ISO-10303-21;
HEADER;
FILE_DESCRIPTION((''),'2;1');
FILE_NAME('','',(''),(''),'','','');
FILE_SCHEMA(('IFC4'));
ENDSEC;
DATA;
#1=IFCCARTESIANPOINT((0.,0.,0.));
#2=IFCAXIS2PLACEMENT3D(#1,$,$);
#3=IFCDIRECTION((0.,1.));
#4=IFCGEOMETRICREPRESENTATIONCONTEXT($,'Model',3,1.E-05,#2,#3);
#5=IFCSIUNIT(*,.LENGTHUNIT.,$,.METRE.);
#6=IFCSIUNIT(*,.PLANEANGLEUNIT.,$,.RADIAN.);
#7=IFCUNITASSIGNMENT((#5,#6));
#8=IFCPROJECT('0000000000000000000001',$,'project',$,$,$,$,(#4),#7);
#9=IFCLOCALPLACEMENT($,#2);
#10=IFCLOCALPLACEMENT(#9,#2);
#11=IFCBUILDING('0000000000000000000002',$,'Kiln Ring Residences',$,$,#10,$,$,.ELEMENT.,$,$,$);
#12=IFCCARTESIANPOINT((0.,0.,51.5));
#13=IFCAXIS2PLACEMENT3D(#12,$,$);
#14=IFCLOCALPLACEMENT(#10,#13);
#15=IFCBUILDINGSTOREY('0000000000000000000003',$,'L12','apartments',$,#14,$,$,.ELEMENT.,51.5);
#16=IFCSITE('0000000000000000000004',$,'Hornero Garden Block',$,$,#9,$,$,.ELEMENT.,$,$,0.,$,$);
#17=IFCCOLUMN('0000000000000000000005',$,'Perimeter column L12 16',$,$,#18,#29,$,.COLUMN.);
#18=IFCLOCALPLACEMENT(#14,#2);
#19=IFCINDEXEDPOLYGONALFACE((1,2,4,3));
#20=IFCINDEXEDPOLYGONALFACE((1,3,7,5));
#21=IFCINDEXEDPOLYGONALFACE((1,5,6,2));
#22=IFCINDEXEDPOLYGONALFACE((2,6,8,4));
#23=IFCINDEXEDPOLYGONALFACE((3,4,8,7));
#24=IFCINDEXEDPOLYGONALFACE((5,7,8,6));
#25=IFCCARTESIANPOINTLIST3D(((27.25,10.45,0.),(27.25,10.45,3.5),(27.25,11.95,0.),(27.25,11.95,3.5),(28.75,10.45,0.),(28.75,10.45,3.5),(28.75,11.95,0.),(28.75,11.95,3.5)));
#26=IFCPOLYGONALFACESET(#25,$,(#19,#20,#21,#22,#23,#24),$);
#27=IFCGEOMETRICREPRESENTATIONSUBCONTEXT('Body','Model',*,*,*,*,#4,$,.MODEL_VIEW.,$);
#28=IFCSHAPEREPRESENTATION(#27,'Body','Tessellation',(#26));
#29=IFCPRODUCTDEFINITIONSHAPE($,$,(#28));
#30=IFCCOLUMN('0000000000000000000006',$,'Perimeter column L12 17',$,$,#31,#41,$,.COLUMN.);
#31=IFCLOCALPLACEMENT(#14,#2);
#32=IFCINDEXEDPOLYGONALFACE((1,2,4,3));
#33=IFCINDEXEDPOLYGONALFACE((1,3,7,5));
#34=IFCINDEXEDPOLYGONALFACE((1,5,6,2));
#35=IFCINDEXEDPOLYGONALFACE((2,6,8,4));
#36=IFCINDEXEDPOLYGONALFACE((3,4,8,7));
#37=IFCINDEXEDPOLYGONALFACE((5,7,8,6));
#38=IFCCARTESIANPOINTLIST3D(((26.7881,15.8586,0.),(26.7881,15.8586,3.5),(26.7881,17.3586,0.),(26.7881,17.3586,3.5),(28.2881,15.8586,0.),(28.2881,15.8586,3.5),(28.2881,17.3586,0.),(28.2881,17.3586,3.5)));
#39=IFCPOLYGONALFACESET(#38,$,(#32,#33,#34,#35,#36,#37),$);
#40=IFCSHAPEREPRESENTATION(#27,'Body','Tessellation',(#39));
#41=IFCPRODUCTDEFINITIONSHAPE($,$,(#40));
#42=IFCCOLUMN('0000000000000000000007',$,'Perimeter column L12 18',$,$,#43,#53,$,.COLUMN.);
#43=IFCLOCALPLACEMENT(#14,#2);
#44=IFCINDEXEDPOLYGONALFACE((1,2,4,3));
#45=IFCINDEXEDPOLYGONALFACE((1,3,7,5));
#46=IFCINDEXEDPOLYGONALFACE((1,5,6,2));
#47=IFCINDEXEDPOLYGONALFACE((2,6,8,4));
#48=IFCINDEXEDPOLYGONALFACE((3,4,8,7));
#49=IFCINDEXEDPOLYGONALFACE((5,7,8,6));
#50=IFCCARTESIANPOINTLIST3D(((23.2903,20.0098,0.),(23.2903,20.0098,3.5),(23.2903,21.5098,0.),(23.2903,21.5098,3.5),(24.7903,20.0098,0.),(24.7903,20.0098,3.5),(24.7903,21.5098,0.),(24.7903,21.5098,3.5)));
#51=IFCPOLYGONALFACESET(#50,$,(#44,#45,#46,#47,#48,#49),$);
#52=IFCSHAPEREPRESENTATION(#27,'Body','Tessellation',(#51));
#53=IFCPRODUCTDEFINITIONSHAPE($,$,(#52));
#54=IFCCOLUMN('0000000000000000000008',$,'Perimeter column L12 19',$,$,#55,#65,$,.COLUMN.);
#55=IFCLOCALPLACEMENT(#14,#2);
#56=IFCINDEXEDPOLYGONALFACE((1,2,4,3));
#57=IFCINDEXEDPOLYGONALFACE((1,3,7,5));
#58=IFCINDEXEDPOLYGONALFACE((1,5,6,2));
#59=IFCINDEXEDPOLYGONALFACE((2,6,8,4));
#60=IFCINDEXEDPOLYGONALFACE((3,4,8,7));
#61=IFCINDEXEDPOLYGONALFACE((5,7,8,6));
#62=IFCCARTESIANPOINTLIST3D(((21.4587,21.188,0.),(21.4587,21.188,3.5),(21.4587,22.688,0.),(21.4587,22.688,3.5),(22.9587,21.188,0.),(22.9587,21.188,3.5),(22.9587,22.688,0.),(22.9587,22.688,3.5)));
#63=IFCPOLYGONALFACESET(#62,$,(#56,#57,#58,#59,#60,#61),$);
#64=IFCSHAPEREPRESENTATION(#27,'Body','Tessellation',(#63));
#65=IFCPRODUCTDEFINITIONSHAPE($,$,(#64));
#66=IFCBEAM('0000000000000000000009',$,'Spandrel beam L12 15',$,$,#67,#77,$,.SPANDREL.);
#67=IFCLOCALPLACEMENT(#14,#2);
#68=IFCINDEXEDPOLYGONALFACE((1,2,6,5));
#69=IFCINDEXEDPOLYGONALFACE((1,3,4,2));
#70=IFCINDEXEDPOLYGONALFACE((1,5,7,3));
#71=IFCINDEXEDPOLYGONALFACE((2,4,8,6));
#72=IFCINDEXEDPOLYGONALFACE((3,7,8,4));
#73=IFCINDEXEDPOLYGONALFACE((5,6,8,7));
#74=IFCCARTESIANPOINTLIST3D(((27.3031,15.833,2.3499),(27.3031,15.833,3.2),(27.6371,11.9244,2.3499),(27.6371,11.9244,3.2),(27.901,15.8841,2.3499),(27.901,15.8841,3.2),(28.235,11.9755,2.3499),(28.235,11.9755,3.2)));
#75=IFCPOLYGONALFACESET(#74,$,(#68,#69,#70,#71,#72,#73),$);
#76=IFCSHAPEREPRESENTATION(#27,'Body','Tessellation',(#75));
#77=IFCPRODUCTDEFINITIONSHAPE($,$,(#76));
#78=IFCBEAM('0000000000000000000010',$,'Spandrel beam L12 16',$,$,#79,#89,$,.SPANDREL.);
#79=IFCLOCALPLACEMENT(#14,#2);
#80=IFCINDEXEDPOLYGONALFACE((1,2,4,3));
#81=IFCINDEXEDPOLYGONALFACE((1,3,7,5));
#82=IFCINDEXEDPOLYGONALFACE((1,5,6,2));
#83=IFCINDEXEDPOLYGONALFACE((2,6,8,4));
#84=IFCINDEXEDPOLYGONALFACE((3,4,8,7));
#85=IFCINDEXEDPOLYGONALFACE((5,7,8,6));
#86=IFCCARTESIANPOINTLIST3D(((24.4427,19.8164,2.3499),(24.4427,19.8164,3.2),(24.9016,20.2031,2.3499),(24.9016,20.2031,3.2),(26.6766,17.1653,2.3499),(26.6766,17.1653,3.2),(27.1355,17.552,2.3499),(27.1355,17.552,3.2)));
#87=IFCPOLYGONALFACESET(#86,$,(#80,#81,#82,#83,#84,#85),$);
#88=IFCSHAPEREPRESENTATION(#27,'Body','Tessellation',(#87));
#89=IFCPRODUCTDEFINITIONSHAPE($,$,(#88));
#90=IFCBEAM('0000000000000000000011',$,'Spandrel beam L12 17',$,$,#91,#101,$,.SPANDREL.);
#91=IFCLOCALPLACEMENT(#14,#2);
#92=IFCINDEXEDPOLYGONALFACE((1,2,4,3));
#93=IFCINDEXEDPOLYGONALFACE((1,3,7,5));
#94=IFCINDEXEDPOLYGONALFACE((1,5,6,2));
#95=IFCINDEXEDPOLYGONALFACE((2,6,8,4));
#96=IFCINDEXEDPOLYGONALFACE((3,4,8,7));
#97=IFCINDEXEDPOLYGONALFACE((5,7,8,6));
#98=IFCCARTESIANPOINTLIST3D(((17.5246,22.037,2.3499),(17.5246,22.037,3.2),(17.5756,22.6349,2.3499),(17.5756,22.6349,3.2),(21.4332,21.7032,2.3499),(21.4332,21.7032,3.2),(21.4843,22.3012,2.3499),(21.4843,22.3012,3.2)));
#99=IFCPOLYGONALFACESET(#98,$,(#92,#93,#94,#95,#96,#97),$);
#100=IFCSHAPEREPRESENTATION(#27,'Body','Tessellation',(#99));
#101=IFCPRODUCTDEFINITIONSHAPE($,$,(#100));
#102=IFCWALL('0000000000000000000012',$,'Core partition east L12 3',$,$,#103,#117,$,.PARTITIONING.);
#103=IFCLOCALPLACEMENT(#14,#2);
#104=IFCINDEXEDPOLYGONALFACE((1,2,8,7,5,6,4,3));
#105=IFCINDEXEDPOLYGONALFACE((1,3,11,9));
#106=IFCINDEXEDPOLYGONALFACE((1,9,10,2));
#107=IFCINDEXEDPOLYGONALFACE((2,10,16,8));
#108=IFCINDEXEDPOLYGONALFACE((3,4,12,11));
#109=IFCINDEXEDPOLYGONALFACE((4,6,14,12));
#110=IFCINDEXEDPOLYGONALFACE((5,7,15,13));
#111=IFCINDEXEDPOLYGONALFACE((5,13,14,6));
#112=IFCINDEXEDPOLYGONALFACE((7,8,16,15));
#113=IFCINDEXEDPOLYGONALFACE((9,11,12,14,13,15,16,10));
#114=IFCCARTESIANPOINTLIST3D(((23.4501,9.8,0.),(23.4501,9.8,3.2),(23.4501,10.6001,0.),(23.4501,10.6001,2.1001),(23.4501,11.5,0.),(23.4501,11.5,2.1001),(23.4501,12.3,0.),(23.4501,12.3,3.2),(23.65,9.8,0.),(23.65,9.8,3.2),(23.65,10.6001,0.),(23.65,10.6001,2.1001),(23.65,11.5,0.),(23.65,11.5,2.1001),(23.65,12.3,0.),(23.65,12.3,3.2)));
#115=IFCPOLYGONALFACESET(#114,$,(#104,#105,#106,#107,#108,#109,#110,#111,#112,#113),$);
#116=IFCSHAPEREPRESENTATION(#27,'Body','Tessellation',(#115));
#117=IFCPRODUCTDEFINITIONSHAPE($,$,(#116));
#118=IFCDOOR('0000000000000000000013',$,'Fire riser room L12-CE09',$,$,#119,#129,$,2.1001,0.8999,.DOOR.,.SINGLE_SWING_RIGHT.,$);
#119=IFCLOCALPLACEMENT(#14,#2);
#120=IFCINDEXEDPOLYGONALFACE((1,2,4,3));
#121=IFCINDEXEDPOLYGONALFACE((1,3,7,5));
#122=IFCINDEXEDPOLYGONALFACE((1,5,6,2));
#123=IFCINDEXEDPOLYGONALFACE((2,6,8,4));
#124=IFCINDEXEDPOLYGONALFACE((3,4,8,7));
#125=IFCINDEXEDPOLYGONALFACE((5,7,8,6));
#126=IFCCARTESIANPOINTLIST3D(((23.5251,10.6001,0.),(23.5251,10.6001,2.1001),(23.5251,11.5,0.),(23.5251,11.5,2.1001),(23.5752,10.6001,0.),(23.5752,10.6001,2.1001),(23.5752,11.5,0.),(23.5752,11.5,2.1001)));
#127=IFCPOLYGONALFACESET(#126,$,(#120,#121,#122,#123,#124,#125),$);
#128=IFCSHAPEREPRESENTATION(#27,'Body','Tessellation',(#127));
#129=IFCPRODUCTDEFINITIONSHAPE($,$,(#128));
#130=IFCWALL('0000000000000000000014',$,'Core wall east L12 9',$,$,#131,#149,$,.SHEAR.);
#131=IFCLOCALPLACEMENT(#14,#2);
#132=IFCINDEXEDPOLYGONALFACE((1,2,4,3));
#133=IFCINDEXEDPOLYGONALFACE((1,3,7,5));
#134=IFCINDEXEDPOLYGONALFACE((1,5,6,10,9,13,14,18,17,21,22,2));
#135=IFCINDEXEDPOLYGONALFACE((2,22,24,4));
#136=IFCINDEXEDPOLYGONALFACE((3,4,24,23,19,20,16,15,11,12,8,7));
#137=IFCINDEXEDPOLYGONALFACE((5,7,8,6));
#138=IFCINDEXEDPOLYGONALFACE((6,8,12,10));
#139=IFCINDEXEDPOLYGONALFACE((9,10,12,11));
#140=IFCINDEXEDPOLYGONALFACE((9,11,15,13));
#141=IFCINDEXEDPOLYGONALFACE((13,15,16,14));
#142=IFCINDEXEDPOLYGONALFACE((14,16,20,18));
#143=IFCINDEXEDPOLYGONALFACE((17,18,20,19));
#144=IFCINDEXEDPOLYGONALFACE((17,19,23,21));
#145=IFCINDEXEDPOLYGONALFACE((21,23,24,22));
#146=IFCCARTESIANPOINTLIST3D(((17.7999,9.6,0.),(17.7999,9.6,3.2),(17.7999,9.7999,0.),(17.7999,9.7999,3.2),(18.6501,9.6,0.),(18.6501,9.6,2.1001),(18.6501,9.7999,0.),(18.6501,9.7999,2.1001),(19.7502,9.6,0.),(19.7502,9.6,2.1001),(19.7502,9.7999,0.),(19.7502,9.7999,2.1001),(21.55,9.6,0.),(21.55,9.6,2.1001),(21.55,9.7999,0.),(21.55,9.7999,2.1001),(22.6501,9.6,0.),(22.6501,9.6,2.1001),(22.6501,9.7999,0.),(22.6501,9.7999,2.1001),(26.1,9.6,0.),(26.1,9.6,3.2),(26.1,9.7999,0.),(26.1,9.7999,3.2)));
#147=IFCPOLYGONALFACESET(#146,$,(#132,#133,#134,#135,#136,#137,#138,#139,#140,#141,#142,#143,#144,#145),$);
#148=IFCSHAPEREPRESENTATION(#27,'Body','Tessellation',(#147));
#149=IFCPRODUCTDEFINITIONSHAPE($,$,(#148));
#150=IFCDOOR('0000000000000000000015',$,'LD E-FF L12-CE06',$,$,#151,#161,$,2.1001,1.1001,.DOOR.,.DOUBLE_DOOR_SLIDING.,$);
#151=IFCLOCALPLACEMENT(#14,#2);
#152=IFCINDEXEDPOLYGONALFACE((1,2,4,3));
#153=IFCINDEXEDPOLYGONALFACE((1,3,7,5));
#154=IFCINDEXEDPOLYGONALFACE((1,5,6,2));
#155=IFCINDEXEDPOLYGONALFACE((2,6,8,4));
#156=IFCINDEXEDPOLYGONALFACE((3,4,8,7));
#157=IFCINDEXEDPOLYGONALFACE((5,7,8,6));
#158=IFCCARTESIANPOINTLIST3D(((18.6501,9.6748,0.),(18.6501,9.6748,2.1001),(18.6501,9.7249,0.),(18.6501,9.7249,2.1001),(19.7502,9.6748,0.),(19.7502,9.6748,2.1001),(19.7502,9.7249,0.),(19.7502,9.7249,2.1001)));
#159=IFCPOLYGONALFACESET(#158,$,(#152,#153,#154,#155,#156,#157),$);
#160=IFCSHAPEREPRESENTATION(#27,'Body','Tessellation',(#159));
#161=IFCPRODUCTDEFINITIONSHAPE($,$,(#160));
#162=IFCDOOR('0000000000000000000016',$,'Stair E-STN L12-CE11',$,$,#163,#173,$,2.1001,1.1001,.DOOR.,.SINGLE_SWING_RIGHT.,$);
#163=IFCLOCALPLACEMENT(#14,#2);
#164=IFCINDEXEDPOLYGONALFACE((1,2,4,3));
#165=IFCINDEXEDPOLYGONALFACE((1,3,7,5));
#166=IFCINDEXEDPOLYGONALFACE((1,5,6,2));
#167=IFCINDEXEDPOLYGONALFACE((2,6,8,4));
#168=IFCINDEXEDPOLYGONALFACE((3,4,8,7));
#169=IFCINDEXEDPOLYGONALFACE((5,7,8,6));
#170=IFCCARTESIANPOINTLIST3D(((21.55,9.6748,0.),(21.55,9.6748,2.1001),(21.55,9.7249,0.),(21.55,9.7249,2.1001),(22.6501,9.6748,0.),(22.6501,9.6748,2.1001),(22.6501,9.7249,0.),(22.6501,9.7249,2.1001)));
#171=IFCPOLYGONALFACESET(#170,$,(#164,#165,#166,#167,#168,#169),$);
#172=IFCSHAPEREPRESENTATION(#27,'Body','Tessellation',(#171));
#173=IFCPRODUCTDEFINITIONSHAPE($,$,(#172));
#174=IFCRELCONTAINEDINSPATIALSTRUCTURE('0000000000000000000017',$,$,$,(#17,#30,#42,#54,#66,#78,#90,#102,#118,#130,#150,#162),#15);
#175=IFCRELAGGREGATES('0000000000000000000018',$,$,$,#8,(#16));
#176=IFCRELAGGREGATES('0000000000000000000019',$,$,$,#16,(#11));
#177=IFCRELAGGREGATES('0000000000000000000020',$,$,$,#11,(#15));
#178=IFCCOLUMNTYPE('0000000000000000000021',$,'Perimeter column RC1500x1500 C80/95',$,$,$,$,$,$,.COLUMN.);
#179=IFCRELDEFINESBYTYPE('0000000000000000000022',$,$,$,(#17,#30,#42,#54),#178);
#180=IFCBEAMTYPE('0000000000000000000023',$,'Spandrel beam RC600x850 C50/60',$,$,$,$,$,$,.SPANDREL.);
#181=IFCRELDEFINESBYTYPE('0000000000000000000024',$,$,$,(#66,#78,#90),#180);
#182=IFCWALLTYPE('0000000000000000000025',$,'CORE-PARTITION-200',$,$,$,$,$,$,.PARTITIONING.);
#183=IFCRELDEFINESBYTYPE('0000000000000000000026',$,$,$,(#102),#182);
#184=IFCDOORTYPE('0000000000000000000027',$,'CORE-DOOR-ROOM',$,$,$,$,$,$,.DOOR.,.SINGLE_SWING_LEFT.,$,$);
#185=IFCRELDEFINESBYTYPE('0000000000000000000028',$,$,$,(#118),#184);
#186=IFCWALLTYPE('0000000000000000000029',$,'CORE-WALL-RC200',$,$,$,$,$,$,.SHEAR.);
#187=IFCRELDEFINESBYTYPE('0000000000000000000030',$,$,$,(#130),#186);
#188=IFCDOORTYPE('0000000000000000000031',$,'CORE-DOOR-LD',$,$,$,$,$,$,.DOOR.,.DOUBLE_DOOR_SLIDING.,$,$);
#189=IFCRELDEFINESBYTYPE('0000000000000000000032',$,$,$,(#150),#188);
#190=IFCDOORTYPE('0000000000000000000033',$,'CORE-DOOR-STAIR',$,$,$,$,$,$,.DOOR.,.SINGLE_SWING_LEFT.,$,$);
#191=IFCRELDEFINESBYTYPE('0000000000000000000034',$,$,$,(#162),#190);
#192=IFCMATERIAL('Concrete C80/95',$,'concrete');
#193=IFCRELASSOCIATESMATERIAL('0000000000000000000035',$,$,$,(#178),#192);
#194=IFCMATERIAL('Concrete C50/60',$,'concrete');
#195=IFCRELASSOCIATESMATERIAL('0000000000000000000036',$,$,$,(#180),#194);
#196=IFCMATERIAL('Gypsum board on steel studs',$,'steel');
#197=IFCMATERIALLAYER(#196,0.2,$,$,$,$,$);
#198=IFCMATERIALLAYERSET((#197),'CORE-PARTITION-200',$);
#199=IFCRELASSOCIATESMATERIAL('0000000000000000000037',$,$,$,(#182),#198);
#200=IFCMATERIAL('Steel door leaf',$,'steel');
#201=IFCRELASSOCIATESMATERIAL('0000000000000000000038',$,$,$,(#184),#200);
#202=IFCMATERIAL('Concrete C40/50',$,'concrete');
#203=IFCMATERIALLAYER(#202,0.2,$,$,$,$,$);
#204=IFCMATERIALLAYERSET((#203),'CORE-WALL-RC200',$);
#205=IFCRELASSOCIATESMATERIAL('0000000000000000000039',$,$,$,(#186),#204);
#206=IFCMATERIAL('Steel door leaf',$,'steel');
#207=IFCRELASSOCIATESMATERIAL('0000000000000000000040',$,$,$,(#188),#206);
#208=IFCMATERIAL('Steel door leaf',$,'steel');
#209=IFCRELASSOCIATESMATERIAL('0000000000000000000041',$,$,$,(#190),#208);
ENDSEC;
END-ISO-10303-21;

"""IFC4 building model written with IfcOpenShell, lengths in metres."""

from ifc_helpers import new_model, si_unit, direction, frame, frame_2d, origin, origin_2d, place, context, subcontext, project, spatial, rectangle, extrude, material, layer, layer_set, material_profile, profile_set, type_object, element, fill, save


model = new_model("IFC4")

# Units and contexts
model_context = context("Model", 3, precision=1e-05, world=origin(), true_north=direction((0.0, 1.0)))
body_context = subcontext(model_context, "Body", "Model", "MODEL_VIEW")
ifc_project = project(units=[si_unit("LENGTHUNIT", "METRE"), si_unit("PLANEANGLEUNIT", "RADIAN")], contexts=[model_context])

# Site, building, storey
site_placement = place(None, origin())
site = spatial("IfcSite", under=ifc_project, at=site_placement, Name="Hornero Garden Block", CompositionType="ELEMENT", RefElevation=0.0)
building_placement = place(site_placement, origin())
building = spatial("IfcBuilding", under=site, at=building_placement, Name="Kiln Ring Residences", CompositionType="ELEMENT")
storey_placement = place(building_placement, frame((0.0, 0.0, 51.5)))
storey = spatial("IfcBuildingStorey", under=building, at=storey_placement, Name="L12", Description="apartments", CompositionType="ELEMENT", Elevation=51.5)

# Columns
ifc_material_1 = material(Name="Concrete C80/95", Category="concrete")
ifc_material_profile_1 = material_profile(ifc_material_1, rectangle(XDim=1.5, YDim=1.5, at=origin_2d()), Name="RC1500x1500")
ifc_profile_set_1 = profile_set([ifc_material_profile_1], Name="Concrete C80/95")
column_type = type_object("IfcColumnType", Name="Perimeter column RC1500x1500 C80/95", PredefinedType="COLUMN", material=ifc_profile_set_1)
for number, where, z_axis, x_axis, name in (
    (1, (28.0, 11.2, 0.0), (0.0, 0.0, 1.0), (1.0, 0.0, 0.0), "Perimeter column L12 16"),
    (2, (27.5381, 16.6086, 0.0), (0.0, 0.0, 1.0), (1.0, 0.0, 0.0), "Perimeter column L12 17"),
    (3, (24.0403, 20.7598, 0.0), (0.0, 0.0, 1.0), (1.0, 0.0, 0.0), "Perimeter column L12 18"),
    (4, (22.2087, 21.938, 0.0), (0.0, 0.0, 1.0), (1.0, 0.0, 0.0), "Perimeter column L12 19"),
):
    element("IfcColumn", number, at=place(storey_placement, frame(where, z_axis=z_axis, x_axis=x_axis)), inside=storey, type_object=column_type, Name=name, PredefinedType="COLUMN", context=body_context, shape_type="SweptSolid", body=[
        extrude(rectangle(XDim=1.5, YDim=1.5, at=origin_2d()), origin(), (0.0, 0.0, 1.0), 3.5),
    ])

# Beams
ifc_material_2 = material(Name="Concrete C50/60", Category="concrete")
ifc_material_profile_2 = material_profile(ifc_material_2, rectangle(XDim=0.6001, YDim=0.8501, at=origin_2d()), Name="RC600x850")
ifc_profile_set_2 = profile_set([ifc_material_profile_2], Name="Concrete C50/60")
beam_type = type_object("IfcBeamType", Name="Spandrel beam RC600x850 C50/60", PredefinedType="SPANDREL", material=ifc_profile_set_2)
beam_1_placement = place(storey_placement, frame((27.936, 11.95, 2.7749), z_axis=(-0.085136, 0.996369, 0.0), x_axis=(-0.996369, -0.085136, 0.0)))
element("IfcBeam", 5, at=beam_1_placement, inside=storey, type_object=beam_type, Name="Spandrel beam L12 15", PredefinedType="SPANDREL", context=body_context, shape_type="SweptSolid", body=[
    extrude(rectangle(XDim=0.6001, YDim=0.8501, at=origin_2d()), origin(), (0.0, 0.0, 1.0), 3.9229),
])
beam_2_placement = place(storey_placement, frame((26.906, 17.3586, 2.7749), z_axis=(-0.644366, 0.764718, 0.0), x_axis=(-0.764718, -0.644366, 0.0)))
element("IfcBeam", 6, at=beam_2_placement, inside=storey, type_object=beam_type, Name="Spandrel beam L12 16", PredefinedType="SPANDREL", context=body_context, shape_type="SweptSolid", body=[
    extrude(rectangle(XDim=0.6001, YDim=0.8501, at=origin_2d()), origin(), (0.0, 0.0, 1.0), 3.4668),
])
beam_3_placement = place(storey_placement, frame((21.4587, 22.0022, 2.7749), z_axis=(-0.996375, 0.085075, 0.0), x_axis=(-0.085075, -0.996375, 0.0)))
element("IfcBeam", 7, at=beam_3_placement, inside=storey, type_object=beam_type, Name="Spandrel beam L12 17", PredefinedType="SPANDREL", context=body_context, shape_type="SweptSolid", body=[
    extrude(rectangle(XDim=0.6001, YDim=0.8501, at=origin_2d()), origin(), (0.0, 0.0, 1.0), 3.9229),
])

# Wall, opening, door
ifc_material_3 = material(Name="Gypsum board on steel studs", Category="steel")
ifc_layer_1 = layer(ifc_material_3, 0.2)
ifc_layer_set_1 = layer_set([ifc_layer_1], Name="CORE-PARTITION-200")
wall_type_1 = type_object("IfcWallType", Name="CORE-PARTITION-200", PredefinedType="PARTITIONING", material=ifc_layer_set_1)
wall_1_placement = place(storey_placement, frame((23.55, 9.8, 0.0), z_axis=(0.0, 0.0, 1.0), x_axis=(0.0, 1.0, 0.0)))
wall_1 = element("IfcWall", 8, at=wall_1_placement, inside=storey, type_object=wall_type_1, Name="Core partition east L12 3", PredefinedType="PARTITIONING", context=body_context, shape_type="SweptSolid", body=[
    extrude(rectangle(XDim=2.5, YDim=0.2, at=frame_2d((1.25, 0.0))), origin(), (0.0, 0.0, 1.0), 3.2),
])
opening_1_placement = place(wall_1_placement, frame((0.8, 0.0, 0.0)))
opening_1 = element("IfcOpeningElement", 9, at=opening_1_placement, cuts=wall_1, PredefinedType="OPENING", context=body_context, shape_type="SweptSolid", body=[
    extrude(rectangle(XDim=0.8999, YDim=2.1001, at=frame_2d((0.45, 1.05))), frame((0.0, 0.1099, 0.0), z_axis=(0.0, -1.0, 0.0), x_axis=(1.0, 0.0, 0.0)), (0.0, 0.0, 1.0), 0.22),
])
ifc_material_4 = material(Name="Steel door leaf", Category="steel")
door_type_1 = type_object("IfcDoorType", Name="CORE-DOOR-ROOM", OperationType="SINGLE_SWING_LEFT", PredefinedType="DOOR", material=ifc_material_4)
door_1_placement = place(opening_1_placement, origin())
door_1 = element("IfcDoor", 10, at=door_1_placement, inside=storey, type_object=door_type_1, Name="Fire riser room L12-CE09", OperationType="SINGLE_SWING_RIGHT", OverallHeight=2.1001, OverallWidth=0.8999, PredefinedType="DOOR", context=body_context, shape_type="SweptSolid", body=[
    extrude(rectangle(XDim=0.8999, YDim=2.1001, at=frame_2d((0.45, 1.05))), frame((0.0, 0.0249, 0.0), z_axis=(0.0, -1.0, 0.0), x_axis=(1.0, 0.0, 0.0)), (0.0, 0.0, 1.0), 0.05),
])
fill(opening_1, door_1)

# Wall, openings, doors
ifc_material_5 = material(Name="Concrete C40/50", Category="concrete")
ifc_layer_2 = layer(ifc_material_5, 0.2)
ifc_layer_set_2 = layer_set([ifc_layer_2], Name="CORE-WALL-RC200")
wall_type_2 = type_object("IfcWallType", Name="CORE-WALL-RC200", PredefinedType="SHEAR", material=ifc_layer_set_2)
wall_2_placement = place(storey_placement, frame((17.8, 9.7, 0.0), z_axis=(0.0, 0.0, 1.0), x_axis=(1.0, 0.0, 0.0)))
wall_2 = element("IfcWall", 11, at=wall_2_placement, inside=storey, type_object=wall_type_2, Name="Core wall east L12 9", PredefinedType="SHEAR", context=body_context, shape_type="SweptSolid", body=[
    extrude(rectangle(XDim=8.3, YDim=0.2, at=frame_2d((4.1499, 0.0))), origin(), (0.0, 0.0, 1.0), 3.2),
])
opening_2_placement = place(wall_2_placement, frame((0.8501, 0.0, 0.0)))
opening_2 = element("IfcOpeningElement", 12, at=opening_2_placement, cuts=wall_2, PredefinedType="OPENING", context=body_context, shape_type="SweptSolid", body=[
    extrude(rectangle(XDim=1.1001, YDim=2.1001, at=frame_2d((0.55, 1.05))), frame((0.0, 0.1099, 0.0), z_axis=(0.0, -1.0, 0.0), x_axis=(1.0, 0.0, 0.0)), (0.0, 0.0, 1.0), 0.22),
])
opening_3_placement = place(wall_2_placement, frame((3.75, 0.0, 0.0)))
opening_3 = element("IfcOpeningElement", 13, at=opening_3_placement, cuts=wall_2, PredefinedType="OPENING", context=body_context, shape_type="SweptSolid", body=[
    extrude(rectangle(XDim=1.1001, YDim=2.1001, at=frame_2d((0.55, 1.05))), frame((0.0, 0.1099, 0.0), z_axis=(0.0, -1.0, 0.0), x_axis=(1.0, 0.0, 0.0)), (0.0, 0.0, 1.0), 0.22),
])
ifc_material_6 = material(Name="Steel door leaf", Category="steel")
door_type_2 = type_object("IfcDoorType", Name="CORE-DOOR-LD", OperationType="DOUBLE_DOOR_SLIDING", PredefinedType="DOOR", material=ifc_material_6)
door_2_placement = place(opening_2_placement, origin())
door_2 = element("IfcDoor", 14, at=door_2_placement, inside=storey, type_object=door_type_2, Name="LD E-FF L12-CE06", OperationType="DOUBLE_DOOR_SLIDING", OverallHeight=2.1001, OverallWidth=1.1001, PredefinedType="DOOR", context=body_context, shape_type="SweptSolid", body=[
    extrude(rectangle(XDim=1.1001, YDim=2.1001, at=frame_2d((0.55, 1.05))), frame((0.0, 0.0249, 0.0), z_axis=(0.0, -1.0, 0.0), x_axis=(1.0, 0.0, 0.0)), (0.0, 0.0, 1.0), 0.05),
])
fill(opening_2, door_2)
ifc_material_7 = material(Name="Steel door leaf", Category="steel")
door_type_3 = type_object("IfcDoorType", Name="CORE-DOOR-STAIR", OperationType="SINGLE_SWING_LEFT", PredefinedType="DOOR", material=ifc_material_7)
door_3_placement = place(opening_3_placement, origin())
door_3 = element("IfcDoor", 15, at=door_3_placement, inside=storey, type_object=door_type_3, Name="Stair E-STN L12-CE11", OperationType="SINGLE_SWING_RIGHT", OverallHeight=2.1001, OverallWidth=1.1001, PredefinedType="DOOR", context=body_context, shape_type="SweptSolid", body=[
    extrude(rectangle(XDim=1.1001, YDim=2.1001, at=frame_2d((0.55, 1.05))), frame((0.0, 0.0249, 0.0), z_axis=(0.0, -1.0, 0.0), x_axis=(1.0, 0.0, 0.0)), (0.0, 0.0, 1.0), 0.05),
])
fill(opening_3, door_3)

save(model, "model.ifc")
